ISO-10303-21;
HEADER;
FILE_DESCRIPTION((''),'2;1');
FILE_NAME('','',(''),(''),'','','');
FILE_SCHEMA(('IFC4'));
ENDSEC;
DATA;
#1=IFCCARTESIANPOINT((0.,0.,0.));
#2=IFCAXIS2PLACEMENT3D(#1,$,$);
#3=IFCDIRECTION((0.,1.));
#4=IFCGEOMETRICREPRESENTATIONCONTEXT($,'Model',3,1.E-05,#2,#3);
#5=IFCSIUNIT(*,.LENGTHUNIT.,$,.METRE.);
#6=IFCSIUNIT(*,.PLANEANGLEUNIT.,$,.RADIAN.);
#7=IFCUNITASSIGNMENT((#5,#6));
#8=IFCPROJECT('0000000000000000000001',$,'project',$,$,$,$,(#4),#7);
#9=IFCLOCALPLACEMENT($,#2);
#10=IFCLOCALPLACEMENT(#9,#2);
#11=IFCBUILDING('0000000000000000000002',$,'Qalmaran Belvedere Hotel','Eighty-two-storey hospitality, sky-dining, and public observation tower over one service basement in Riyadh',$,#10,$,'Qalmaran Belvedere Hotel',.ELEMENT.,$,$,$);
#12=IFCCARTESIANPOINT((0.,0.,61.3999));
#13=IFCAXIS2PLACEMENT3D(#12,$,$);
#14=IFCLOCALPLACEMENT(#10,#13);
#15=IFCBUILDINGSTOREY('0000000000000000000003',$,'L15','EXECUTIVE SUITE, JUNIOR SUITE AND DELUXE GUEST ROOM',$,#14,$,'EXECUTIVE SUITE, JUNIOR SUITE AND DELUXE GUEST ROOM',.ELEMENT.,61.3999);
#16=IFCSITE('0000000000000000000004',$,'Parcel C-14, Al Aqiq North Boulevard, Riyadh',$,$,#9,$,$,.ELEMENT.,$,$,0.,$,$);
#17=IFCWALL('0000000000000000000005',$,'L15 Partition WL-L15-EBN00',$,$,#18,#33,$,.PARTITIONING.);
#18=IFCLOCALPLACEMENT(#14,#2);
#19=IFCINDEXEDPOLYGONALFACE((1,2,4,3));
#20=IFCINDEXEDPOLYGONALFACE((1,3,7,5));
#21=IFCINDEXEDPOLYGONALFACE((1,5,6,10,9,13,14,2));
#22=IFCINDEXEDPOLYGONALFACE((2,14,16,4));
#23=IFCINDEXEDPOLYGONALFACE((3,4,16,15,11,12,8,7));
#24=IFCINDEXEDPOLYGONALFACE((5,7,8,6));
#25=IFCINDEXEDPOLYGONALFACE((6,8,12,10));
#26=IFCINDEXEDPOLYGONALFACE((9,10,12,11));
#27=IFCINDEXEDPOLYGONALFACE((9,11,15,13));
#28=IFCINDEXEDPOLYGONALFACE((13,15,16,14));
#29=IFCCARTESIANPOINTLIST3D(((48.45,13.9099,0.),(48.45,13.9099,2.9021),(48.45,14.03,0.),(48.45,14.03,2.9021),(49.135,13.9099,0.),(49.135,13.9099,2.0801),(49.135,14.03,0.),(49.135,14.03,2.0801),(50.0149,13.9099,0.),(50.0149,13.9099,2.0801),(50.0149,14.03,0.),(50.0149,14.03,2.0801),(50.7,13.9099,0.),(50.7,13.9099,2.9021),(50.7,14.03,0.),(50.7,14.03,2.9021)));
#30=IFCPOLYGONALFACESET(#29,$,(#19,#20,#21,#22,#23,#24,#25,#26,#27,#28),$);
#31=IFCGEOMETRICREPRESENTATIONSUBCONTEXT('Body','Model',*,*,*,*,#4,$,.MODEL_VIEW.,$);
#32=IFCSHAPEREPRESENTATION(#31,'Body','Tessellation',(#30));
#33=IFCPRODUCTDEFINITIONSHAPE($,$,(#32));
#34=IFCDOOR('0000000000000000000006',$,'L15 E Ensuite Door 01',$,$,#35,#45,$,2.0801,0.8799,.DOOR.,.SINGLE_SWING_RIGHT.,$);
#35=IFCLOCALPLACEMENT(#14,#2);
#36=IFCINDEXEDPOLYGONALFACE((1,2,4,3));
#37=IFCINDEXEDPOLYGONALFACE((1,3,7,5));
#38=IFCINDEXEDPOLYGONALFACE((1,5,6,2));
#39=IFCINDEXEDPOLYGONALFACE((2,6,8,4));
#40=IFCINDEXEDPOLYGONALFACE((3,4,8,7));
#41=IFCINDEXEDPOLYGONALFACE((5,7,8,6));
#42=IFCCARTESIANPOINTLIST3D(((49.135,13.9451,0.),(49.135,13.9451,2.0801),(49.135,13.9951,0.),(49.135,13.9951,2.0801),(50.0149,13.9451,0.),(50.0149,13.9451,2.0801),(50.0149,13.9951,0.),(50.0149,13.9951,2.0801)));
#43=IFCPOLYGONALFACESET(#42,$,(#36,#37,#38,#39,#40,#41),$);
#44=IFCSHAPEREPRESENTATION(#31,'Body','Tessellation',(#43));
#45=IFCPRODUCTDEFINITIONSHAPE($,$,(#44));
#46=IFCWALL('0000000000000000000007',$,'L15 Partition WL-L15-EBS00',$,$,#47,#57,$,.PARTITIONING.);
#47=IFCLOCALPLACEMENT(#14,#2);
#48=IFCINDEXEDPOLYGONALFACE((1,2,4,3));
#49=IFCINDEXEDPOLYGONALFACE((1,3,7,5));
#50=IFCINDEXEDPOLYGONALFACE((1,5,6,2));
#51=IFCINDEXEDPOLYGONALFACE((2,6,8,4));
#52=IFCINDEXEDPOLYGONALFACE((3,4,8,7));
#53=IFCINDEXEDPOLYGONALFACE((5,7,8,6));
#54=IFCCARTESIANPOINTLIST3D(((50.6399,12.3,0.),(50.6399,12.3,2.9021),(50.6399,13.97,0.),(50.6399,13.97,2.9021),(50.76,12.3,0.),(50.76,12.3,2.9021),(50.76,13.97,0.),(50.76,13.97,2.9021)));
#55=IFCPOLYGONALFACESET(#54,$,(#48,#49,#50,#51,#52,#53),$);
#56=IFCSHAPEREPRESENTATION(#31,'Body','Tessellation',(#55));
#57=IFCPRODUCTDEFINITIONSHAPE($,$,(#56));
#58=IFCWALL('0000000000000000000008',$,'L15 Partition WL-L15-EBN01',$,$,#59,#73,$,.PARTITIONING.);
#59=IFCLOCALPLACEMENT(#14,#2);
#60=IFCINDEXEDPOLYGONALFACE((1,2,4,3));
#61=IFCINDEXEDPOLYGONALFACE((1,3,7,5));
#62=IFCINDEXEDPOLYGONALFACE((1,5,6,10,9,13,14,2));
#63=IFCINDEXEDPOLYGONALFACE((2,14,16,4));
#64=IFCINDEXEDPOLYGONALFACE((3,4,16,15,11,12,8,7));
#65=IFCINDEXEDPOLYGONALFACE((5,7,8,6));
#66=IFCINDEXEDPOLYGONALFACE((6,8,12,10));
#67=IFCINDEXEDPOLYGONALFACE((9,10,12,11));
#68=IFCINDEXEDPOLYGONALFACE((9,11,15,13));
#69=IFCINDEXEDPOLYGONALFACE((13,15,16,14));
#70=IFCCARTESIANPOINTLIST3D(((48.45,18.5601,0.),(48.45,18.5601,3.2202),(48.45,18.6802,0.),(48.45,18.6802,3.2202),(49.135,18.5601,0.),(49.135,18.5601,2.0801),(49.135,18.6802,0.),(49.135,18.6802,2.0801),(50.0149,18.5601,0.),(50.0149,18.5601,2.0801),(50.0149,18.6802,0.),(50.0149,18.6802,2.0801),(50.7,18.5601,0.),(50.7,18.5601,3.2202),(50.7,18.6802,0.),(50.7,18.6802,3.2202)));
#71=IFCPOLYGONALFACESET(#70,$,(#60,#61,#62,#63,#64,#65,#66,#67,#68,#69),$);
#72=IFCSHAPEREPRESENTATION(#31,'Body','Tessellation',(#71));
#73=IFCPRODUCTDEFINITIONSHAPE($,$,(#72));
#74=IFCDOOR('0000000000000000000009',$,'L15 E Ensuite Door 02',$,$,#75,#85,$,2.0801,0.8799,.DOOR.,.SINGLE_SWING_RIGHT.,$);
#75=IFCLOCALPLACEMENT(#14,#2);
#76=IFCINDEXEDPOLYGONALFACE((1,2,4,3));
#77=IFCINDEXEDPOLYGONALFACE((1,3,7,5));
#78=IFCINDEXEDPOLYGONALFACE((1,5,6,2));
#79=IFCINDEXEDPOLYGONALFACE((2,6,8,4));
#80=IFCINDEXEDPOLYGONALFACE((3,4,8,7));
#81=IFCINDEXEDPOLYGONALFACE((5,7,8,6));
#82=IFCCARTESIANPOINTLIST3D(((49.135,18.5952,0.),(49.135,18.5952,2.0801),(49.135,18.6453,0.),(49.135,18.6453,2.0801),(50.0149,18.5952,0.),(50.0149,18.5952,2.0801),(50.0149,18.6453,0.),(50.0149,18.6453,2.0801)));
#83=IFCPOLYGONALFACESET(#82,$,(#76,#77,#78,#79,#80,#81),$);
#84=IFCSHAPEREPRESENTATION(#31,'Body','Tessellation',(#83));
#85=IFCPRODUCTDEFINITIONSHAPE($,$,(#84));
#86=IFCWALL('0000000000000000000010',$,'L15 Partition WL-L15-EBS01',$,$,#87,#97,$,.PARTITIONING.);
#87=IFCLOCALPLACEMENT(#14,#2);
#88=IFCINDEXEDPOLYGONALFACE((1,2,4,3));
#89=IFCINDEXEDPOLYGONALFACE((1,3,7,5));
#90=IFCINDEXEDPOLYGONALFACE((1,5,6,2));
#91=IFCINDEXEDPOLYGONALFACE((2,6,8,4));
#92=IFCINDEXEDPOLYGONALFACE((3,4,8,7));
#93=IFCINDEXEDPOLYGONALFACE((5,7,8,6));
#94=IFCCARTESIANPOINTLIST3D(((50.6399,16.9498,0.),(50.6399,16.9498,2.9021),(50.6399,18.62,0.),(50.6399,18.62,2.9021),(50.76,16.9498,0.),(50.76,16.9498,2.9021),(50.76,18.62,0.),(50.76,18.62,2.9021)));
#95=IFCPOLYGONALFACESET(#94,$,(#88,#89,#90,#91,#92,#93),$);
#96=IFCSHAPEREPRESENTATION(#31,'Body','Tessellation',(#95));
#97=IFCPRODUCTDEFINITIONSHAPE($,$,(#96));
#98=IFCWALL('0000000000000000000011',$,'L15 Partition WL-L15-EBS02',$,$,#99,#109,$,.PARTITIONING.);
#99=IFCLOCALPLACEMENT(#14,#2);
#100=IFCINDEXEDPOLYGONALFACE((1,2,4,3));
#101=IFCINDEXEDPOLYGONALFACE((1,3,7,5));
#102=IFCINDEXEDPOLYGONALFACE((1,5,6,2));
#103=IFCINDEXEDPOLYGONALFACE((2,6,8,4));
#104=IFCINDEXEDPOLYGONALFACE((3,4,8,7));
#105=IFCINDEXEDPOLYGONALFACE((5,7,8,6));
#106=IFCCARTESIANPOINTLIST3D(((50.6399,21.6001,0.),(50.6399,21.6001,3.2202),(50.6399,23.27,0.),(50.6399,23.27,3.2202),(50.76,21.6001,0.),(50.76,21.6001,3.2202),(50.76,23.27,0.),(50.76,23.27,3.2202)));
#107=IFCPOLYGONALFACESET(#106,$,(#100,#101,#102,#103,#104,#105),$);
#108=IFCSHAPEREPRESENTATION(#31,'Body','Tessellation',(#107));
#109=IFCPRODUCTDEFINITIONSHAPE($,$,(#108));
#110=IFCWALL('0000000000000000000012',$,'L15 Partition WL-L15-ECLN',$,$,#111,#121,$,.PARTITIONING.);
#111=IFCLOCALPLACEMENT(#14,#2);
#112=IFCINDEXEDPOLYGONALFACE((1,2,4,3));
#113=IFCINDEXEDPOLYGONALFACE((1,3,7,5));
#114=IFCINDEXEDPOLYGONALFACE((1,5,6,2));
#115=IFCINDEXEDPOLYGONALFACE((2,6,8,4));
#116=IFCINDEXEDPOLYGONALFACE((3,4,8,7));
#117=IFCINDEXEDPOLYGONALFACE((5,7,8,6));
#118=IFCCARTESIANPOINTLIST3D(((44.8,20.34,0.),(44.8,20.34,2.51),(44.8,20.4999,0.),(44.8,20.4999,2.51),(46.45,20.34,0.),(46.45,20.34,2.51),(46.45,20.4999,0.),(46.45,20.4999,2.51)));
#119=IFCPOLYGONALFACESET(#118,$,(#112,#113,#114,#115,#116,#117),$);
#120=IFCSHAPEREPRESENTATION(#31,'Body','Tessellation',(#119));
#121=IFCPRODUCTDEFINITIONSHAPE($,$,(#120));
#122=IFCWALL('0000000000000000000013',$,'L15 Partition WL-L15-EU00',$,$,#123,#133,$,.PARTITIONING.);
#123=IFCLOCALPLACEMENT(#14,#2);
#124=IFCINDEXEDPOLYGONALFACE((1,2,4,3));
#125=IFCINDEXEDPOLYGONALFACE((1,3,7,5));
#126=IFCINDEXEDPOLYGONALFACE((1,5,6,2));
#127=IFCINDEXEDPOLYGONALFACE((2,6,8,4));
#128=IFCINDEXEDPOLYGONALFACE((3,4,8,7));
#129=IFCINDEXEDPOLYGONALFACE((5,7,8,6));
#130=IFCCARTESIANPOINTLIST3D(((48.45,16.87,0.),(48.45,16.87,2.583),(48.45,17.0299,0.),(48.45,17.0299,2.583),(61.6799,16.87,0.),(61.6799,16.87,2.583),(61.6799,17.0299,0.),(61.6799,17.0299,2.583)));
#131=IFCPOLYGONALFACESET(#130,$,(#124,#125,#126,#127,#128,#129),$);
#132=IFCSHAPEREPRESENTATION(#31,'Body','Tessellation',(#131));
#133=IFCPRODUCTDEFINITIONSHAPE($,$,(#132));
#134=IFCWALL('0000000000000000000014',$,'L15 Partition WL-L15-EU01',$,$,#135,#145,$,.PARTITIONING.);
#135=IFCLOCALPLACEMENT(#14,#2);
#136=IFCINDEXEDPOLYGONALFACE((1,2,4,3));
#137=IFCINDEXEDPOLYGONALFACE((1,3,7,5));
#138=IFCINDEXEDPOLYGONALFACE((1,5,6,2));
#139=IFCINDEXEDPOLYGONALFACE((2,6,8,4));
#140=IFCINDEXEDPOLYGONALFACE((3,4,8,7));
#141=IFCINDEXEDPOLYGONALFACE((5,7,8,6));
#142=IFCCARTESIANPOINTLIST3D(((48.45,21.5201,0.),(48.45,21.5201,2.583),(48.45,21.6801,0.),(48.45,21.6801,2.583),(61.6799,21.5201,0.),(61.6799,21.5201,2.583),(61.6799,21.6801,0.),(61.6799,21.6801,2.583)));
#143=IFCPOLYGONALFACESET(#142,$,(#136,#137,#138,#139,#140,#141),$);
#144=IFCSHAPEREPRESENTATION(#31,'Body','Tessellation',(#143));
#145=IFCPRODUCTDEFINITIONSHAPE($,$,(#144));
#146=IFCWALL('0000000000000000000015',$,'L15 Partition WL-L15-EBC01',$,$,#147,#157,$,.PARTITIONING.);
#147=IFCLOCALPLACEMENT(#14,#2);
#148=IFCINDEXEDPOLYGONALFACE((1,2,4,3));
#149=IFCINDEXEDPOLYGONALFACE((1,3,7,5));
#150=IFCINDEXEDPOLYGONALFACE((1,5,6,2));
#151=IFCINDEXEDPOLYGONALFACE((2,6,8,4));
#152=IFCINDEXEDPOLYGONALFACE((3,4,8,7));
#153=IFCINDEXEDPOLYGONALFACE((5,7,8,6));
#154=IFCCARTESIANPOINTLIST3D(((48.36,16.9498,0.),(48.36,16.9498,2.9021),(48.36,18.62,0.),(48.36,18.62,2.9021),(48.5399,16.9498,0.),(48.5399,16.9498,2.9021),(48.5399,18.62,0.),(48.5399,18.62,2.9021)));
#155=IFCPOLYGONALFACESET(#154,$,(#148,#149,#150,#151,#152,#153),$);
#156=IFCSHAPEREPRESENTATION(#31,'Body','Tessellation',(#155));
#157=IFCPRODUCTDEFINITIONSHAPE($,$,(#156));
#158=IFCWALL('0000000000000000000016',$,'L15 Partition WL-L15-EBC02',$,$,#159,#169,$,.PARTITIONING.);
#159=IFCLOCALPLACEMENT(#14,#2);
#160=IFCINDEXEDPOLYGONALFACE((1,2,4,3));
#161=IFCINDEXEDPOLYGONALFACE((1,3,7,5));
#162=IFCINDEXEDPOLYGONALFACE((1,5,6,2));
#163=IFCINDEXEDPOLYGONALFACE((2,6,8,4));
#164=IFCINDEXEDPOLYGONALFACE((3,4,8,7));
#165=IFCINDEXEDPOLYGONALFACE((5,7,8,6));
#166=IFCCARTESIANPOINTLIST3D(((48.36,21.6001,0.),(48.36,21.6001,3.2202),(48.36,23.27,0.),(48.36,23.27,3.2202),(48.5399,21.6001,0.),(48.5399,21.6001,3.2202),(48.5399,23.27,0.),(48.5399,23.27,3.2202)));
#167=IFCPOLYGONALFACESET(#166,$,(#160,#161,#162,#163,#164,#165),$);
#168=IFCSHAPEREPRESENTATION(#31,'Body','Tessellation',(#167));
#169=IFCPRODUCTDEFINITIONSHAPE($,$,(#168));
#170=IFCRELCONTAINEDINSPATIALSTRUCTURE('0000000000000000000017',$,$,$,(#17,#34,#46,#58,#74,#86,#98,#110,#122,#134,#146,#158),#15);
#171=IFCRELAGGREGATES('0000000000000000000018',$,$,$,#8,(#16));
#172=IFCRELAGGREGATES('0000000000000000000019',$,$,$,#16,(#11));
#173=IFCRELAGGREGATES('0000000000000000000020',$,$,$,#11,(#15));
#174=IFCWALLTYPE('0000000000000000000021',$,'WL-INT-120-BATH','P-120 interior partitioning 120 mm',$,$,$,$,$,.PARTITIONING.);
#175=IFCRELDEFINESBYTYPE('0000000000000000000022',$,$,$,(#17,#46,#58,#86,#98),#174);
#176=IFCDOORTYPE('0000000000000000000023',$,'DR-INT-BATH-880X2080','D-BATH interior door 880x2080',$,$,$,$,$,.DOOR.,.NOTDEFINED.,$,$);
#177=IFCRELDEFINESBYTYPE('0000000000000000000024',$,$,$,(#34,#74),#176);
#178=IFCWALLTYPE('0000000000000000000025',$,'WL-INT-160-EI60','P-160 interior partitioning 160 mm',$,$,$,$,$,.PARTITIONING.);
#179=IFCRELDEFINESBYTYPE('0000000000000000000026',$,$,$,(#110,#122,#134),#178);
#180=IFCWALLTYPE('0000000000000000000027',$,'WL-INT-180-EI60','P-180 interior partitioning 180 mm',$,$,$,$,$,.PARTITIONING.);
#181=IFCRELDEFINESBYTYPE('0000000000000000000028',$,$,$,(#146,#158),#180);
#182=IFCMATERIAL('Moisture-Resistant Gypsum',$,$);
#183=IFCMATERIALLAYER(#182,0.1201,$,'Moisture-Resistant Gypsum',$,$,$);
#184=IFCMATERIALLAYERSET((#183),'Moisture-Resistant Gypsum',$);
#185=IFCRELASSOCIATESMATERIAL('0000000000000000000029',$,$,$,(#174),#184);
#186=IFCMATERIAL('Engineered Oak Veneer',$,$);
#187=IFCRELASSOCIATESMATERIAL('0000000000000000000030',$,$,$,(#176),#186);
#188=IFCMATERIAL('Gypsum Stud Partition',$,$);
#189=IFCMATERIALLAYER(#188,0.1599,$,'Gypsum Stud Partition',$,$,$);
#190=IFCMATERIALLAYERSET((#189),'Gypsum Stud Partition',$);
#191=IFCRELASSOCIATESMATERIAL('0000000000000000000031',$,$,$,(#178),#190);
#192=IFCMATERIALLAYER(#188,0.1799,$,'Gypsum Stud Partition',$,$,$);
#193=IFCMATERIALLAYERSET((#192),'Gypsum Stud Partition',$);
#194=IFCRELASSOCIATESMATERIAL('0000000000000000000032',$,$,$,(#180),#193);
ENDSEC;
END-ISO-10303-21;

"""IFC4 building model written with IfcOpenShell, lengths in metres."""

from ifc_helpers import new_model, si_unit, direction, frame, frame_2d, origin, place, context, subcontext, project, spatial, rectangle, extrude, material, layer, layer_set, type_object, element, fill, save


model = new_model("IFC4")

# Units and contexts
model_context = context("Model", 3, precision=1e-05, world=origin(), true_north=direction((0.0, 1.0)))
body_context = subcontext(model_context, "Body", "Model", "MODEL_VIEW")
ifc_project = project(units=[si_unit("LENGTHUNIT", "METRE"), si_unit("PLANEANGLEUNIT", "RADIAN")], contexts=[model_context])

# Site, building, storey
site_placement = place(None, origin())
site = spatial("IfcSite", under=ifc_project, at=site_placement, Name="Parcel C-14, Al Aqiq North Boulevard, Riyadh", CompositionType="ELEMENT", RefElevation=0.0)
building_placement = place(site_placement, origin())
building = spatial("IfcBuilding", under=site, at=building_placement, Name="Qalmaran Belvedere Hotel", Description="Eighty-two-storey hospitality, sky-dining, and public observation tower over one service basement in Riyadh", LongName="Qalmaran Belvedere Hotel", CompositionType="ELEMENT")
storey_placement = place(building_placement, frame((0.0, 0.0, 61.3999)))
storey = spatial("IfcBuildingStorey", under=building, at=storey_placement, Name="L15", Description="EXECUTIVE SUITE, JUNIOR SUITE AND DELUXE GUEST ROOM", LongName="EXECUTIVE SUITE, JUNIOR SUITE AND DELUXE GUEST ROOM", CompositionType="ELEMENT", Elevation=61.3999)

# Wall, opening, door
ifc_material_1 = material(Name="Moisture-Resistant Gypsum")
ifc_layer_1 = layer(ifc_material_1, 0.1201, Name="Moisture-Resistant Gypsum")
ifc_layer_set_1 = layer_set([ifc_layer_1], Name="Moisture-Resistant Gypsum")
wall_type_1 = type_object("IfcWallType", Name="WL-INT-120-BATH", Description="P-120 interior partitioning 120 mm", PredefinedType="PARTITIONING", material=ifc_layer_set_1)
wall_1_placement = place(storey_placement, frame((48.45, 13.97, 0.0), z_axis=(0.0, 0.0, 1.0), x_axis=(1.0, 0.0, 0.0)))
wall_1 = element("IfcWall", 1, at=wall_1_placement, inside=storey, type_object=wall_type_1, Name="L15 Partition WL-L15-EBN00", PredefinedType="PARTITIONING", context=body_context, shape_type="SweptSolid", body=[
    extrude(rectangle(XDim=2.25, YDim=0.1201, at=frame_2d((1.125, 0.0))), origin(), (0.0, 0.0, 1.0), 2.9021),
])
opening_1_placement = place(wall_1_placement, frame((1.5649, 0.0, 0.0), z_axis=(0.0, 0.0, 1.0), x_axis=(-1.0, 0.0, 0.0)))
opening_1 = element("IfcOpeningElement", 2, at=opening_1_placement, cuts=wall_1, PredefinedType="OPENING", context=body_context, shape_type="SweptSolid", body=[
    extrude(rectangle(XDim=0.8799, YDim=2.0801, at=frame_2d((0.4399, 1.04))), frame((0.0, 0.0701, 0.0), z_axis=(0.0, -1.0, 0.0), x_axis=(1.0, 0.0, 0.0)), (0.0, 0.0, 1.0), 0.1401),
])
ifc_material_2 = material(Name="Engineered Oak Veneer")
door_type_1 = type_object("IfcDoorType", Name="DR-INT-BATH-880X2080", Description="D-BATH interior door 880x2080", OperationType="NOTDEFINED", PredefinedType="DOOR", material=ifc_material_2)
door_1_placement = place(opening_1_placement, origin())
door_1 = element("IfcDoor", 3, at=door_1_placement, inside=storey, type_object=door_type_1, Name="L15 E Ensuite Door 01", OperationType="SINGLE_SWING_RIGHT", OverallHeight=2.0801, OverallWidth=0.8799, PredefinedType="DOOR", context=body_context, shape_type="SweptSolid", body=[
    extrude(rectangle(XDim=0.8799, YDim=2.0801, at=frame_2d((0.4399, 1.04))), frame((0.0, 0.0249, 0.0), z_axis=(0.0, -1.0, 0.0), x_axis=(1.0, 0.0, 0.0)), (0.0, 0.0, 1.0), 0.05),
])
fill(opening_1, door_1)

# Wall
wall_2_placement = place(storey_placement, frame((50.7, 12.3, 0.0), z_axis=(0.0, 0.0, 1.0), x_axis=(0.0, 1.0, 0.0)))
element("IfcWall", 4, at=wall_2_placement, inside=storey, type_object=wall_type_1, Name="L15 Partition WL-L15-EBS00", PredefinedType="PARTITIONING", context=body_context, shape_type="SweptSolid", body=[
    extrude(rectangle(XDim=1.6699, YDim=0.1201, at=frame_2d((0.835, 0.0))), origin(), (0.0, 0.0, 1.0), 2.9021),
])

# Wall, opening, door
wall_3_placement = place(storey_placement, frame((48.45, 18.6201, 0.0), z_axis=(0.0, 0.0, 1.0), x_axis=(1.0, 0.0, 0.0)))
wall_3 = element("IfcWall", 5, at=wall_3_placement, inside=storey, type_object=wall_type_1, Name="L15 Partition WL-L15-EBN01", PredefinedType="PARTITIONING", context=body_context, shape_type="SweptSolid", body=[
    extrude(rectangle(XDim=2.25, YDim=0.1201, at=frame_2d((1.125, 0.0))), origin(), (0.0, 0.0, 1.0), 3.2202),
])
opening_2_placement = place(wall_3_placement, frame((1.5649, 0.0, 0.0), z_axis=(0.0, 0.0, 1.0), x_axis=(-1.0, 0.0, 0.0)))
opening_2 = element("IfcOpeningElement", 6, at=opening_2_placement, cuts=wall_3, PredefinedType="OPENING", context=body_context, shape_type="SweptSolid", body=[
    extrude(rectangle(XDim=0.8799, YDim=2.0801, at=frame_2d((0.4399, 1.04))), frame((0.0, 0.0701, 0.0), z_axis=(0.0, -1.0, 0.0), x_axis=(1.0, 0.0, 0.0)), (0.0, 0.0, 1.0), 0.1401),
])
door_2_placement = place(opening_2_placement, origin())
door_2 = element("IfcDoor", 7, at=door_2_placement, inside=storey, type_object=door_type_1, Name="L15 E Ensuite Door 02", OperationType="SINGLE_SWING_RIGHT", OverallHeight=2.0801, OverallWidth=0.8799, PredefinedType="DOOR", context=body_context, shape_type="SweptSolid", body=[
    extrude(rectangle(XDim=0.8799, YDim=2.0801, at=frame_2d((0.4399, 1.04))), frame((0.0, 0.0249, 0.0), z_axis=(0.0, -1.0, 0.0), x_axis=(1.0, 0.0, 0.0)), (0.0, 0.0, 1.0), 0.05),
])
fill(opening_2, door_2)

# Walls
wall_4_placement = place(storey_placement, frame((50.7, 16.95, 0.0), z_axis=(0.0, 0.0, 1.0), x_axis=(0.0, 1.0, 0.0)))
element("IfcWall", 8, at=wall_4_placement, inside=storey, type_object=wall_type_1, Name="L15 Partition WL-L15-EBS01", PredefinedType="PARTITIONING", context=body_context, shape_type="SweptSolid", body=[
    extrude(rectangle(XDim=1.6702, YDim=0.1201, at=frame_2d((0.835, 0.0))), origin(), (0.0, 0.0, 1.0), 2.9021),
])
wall_5_placement = place(storey_placement, frame((50.7, 21.6001, 0.0), z_axis=(0.0, 0.0, 1.0), x_axis=(0.0, 1.0, 0.0)))
element("IfcWall", 9, at=wall_5_placement, inside=storey, type_object=wall_type_1, Name="L15 Partition WL-L15-EBS02", PredefinedType="PARTITIONING", context=body_context, shape_type="SweptSolid", body=[
    extrude(rectangle(XDim=1.6699, YDim=0.1201, at=frame_2d((0.835, 0.0))), origin(), (0.0, 0.0, 1.0), 3.2202),
])
ifc_material_3 = material(Name="Gypsum Stud Partition")
ifc_layer_2 = layer(ifc_material_3, 0.1599, Name="Gypsum Stud Partition")
ifc_layer_set_2 = layer_set([ifc_layer_2], Name="Gypsum Stud Partition")
wall_type_2 = type_object("IfcWallType", Name="WL-INT-160-EI60", Description="P-160 interior partitioning 160 mm", PredefinedType="PARTITIONING", material=ifc_layer_set_2)
wall_6_placement = place(storey_placement, frame((44.8, 20.4199, 0.0), z_axis=(0.0, 0.0, 1.0), x_axis=(1.0, 0.0, 0.0)))
element("IfcWall", 10, at=wall_6_placement, inside=storey, type_object=wall_type_2, Name="L15 Partition WL-L15-ECLN", PredefinedType="PARTITIONING", context=body_context, shape_type="SweptSolid", body=[
    extrude(rectangle(XDim=1.6499, YDim=0.1599, at=frame_2d((0.825, 0.0))), origin(), (0.0, 0.0, 1.0), 2.51),
])
for number, where, z_axis, x_axis, name in (
    (11, (48.45, 16.95, 0.0), (0.0, 0.0, 1.0), (1.0, 0.0, 0.0), "L15 Partition WL-L15-EU00"),
    (12, (48.45, 21.6001, 0.0), (0.0, 0.0, 1.0), (1.0, 0.0, 0.0), "L15 Partition WL-L15-EU01"),
):
    element("IfcWall", number, at=place(storey_placement, frame(where, z_axis=z_axis, x_axis=x_axis)), inside=storey, type_object=wall_type_2, Name=name, PredefinedType="PARTITIONING", context=body_context, shape_type="SweptSolid", body=[
        extrude(rectangle(XDim=13.23, YDim=0.1599, at=frame_2d((6.615, 0.0))), origin(), (0.0, 0.0, 1.0), 2.583),
    ])

# Shared definitions
ifc_layer_3 = layer(ifc_material_3, 0.1799, Name="Gypsum Stud Partition")
ifc_layer_set_3 = layer_set([ifc_layer_3], Name="Gypsum Stud Partition")
wall_type_3 = type_object("IfcWallType", Name="WL-INT-180-EI60", Description="P-180 interior partitioning 180 mm", PredefinedType="PARTITIONING", material=ifc_layer_set_3)

# Wall
wall_7_placement = place(storey_placement, frame((48.45, 16.95, 0.0), z_axis=(0.0, 0.0, 1.0), x_axis=(0.0, 1.0, 0.0)))
element("IfcWall", 13, at=wall_7_placement, inside=storey, type_object=wall_type_3, Name="L15 Partition WL-L15-EBC01", PredefinedType="PARTITIONING", context=body_context, shape_type="SweptSolid", body=[
    extrude(rectangle(XDim=1.6702, YDim=0.1799, at=frame_2d((0.835, 0.0))), origin(), (0.0, 0.0, 1.0), 2.9021),
])

# Wall
wall_8_placement = place(storey_placement, frame((48.45, 21.6001, 0.0), z_axis=(0.0, 0.0, 1.0), x_axis=(0.0, 1.0, 0.0)))
element("IfcWall", 14, at=wall_8_placement, inside=storey, type_object=wall_type_3, Name="L15 Partition WL-L15-EBC02", PredefinedType="PARTITIONING", context=body_context, shape_type="SweptSolid", body=[
    extrude(rectangle(XDim=1.6699, YDim=0.1799, at=frame_2d((0.835, 0.0))), origin(), (0.0, 0.0, 1.0), 3.2202),
])

save(model, "model.ifc")
